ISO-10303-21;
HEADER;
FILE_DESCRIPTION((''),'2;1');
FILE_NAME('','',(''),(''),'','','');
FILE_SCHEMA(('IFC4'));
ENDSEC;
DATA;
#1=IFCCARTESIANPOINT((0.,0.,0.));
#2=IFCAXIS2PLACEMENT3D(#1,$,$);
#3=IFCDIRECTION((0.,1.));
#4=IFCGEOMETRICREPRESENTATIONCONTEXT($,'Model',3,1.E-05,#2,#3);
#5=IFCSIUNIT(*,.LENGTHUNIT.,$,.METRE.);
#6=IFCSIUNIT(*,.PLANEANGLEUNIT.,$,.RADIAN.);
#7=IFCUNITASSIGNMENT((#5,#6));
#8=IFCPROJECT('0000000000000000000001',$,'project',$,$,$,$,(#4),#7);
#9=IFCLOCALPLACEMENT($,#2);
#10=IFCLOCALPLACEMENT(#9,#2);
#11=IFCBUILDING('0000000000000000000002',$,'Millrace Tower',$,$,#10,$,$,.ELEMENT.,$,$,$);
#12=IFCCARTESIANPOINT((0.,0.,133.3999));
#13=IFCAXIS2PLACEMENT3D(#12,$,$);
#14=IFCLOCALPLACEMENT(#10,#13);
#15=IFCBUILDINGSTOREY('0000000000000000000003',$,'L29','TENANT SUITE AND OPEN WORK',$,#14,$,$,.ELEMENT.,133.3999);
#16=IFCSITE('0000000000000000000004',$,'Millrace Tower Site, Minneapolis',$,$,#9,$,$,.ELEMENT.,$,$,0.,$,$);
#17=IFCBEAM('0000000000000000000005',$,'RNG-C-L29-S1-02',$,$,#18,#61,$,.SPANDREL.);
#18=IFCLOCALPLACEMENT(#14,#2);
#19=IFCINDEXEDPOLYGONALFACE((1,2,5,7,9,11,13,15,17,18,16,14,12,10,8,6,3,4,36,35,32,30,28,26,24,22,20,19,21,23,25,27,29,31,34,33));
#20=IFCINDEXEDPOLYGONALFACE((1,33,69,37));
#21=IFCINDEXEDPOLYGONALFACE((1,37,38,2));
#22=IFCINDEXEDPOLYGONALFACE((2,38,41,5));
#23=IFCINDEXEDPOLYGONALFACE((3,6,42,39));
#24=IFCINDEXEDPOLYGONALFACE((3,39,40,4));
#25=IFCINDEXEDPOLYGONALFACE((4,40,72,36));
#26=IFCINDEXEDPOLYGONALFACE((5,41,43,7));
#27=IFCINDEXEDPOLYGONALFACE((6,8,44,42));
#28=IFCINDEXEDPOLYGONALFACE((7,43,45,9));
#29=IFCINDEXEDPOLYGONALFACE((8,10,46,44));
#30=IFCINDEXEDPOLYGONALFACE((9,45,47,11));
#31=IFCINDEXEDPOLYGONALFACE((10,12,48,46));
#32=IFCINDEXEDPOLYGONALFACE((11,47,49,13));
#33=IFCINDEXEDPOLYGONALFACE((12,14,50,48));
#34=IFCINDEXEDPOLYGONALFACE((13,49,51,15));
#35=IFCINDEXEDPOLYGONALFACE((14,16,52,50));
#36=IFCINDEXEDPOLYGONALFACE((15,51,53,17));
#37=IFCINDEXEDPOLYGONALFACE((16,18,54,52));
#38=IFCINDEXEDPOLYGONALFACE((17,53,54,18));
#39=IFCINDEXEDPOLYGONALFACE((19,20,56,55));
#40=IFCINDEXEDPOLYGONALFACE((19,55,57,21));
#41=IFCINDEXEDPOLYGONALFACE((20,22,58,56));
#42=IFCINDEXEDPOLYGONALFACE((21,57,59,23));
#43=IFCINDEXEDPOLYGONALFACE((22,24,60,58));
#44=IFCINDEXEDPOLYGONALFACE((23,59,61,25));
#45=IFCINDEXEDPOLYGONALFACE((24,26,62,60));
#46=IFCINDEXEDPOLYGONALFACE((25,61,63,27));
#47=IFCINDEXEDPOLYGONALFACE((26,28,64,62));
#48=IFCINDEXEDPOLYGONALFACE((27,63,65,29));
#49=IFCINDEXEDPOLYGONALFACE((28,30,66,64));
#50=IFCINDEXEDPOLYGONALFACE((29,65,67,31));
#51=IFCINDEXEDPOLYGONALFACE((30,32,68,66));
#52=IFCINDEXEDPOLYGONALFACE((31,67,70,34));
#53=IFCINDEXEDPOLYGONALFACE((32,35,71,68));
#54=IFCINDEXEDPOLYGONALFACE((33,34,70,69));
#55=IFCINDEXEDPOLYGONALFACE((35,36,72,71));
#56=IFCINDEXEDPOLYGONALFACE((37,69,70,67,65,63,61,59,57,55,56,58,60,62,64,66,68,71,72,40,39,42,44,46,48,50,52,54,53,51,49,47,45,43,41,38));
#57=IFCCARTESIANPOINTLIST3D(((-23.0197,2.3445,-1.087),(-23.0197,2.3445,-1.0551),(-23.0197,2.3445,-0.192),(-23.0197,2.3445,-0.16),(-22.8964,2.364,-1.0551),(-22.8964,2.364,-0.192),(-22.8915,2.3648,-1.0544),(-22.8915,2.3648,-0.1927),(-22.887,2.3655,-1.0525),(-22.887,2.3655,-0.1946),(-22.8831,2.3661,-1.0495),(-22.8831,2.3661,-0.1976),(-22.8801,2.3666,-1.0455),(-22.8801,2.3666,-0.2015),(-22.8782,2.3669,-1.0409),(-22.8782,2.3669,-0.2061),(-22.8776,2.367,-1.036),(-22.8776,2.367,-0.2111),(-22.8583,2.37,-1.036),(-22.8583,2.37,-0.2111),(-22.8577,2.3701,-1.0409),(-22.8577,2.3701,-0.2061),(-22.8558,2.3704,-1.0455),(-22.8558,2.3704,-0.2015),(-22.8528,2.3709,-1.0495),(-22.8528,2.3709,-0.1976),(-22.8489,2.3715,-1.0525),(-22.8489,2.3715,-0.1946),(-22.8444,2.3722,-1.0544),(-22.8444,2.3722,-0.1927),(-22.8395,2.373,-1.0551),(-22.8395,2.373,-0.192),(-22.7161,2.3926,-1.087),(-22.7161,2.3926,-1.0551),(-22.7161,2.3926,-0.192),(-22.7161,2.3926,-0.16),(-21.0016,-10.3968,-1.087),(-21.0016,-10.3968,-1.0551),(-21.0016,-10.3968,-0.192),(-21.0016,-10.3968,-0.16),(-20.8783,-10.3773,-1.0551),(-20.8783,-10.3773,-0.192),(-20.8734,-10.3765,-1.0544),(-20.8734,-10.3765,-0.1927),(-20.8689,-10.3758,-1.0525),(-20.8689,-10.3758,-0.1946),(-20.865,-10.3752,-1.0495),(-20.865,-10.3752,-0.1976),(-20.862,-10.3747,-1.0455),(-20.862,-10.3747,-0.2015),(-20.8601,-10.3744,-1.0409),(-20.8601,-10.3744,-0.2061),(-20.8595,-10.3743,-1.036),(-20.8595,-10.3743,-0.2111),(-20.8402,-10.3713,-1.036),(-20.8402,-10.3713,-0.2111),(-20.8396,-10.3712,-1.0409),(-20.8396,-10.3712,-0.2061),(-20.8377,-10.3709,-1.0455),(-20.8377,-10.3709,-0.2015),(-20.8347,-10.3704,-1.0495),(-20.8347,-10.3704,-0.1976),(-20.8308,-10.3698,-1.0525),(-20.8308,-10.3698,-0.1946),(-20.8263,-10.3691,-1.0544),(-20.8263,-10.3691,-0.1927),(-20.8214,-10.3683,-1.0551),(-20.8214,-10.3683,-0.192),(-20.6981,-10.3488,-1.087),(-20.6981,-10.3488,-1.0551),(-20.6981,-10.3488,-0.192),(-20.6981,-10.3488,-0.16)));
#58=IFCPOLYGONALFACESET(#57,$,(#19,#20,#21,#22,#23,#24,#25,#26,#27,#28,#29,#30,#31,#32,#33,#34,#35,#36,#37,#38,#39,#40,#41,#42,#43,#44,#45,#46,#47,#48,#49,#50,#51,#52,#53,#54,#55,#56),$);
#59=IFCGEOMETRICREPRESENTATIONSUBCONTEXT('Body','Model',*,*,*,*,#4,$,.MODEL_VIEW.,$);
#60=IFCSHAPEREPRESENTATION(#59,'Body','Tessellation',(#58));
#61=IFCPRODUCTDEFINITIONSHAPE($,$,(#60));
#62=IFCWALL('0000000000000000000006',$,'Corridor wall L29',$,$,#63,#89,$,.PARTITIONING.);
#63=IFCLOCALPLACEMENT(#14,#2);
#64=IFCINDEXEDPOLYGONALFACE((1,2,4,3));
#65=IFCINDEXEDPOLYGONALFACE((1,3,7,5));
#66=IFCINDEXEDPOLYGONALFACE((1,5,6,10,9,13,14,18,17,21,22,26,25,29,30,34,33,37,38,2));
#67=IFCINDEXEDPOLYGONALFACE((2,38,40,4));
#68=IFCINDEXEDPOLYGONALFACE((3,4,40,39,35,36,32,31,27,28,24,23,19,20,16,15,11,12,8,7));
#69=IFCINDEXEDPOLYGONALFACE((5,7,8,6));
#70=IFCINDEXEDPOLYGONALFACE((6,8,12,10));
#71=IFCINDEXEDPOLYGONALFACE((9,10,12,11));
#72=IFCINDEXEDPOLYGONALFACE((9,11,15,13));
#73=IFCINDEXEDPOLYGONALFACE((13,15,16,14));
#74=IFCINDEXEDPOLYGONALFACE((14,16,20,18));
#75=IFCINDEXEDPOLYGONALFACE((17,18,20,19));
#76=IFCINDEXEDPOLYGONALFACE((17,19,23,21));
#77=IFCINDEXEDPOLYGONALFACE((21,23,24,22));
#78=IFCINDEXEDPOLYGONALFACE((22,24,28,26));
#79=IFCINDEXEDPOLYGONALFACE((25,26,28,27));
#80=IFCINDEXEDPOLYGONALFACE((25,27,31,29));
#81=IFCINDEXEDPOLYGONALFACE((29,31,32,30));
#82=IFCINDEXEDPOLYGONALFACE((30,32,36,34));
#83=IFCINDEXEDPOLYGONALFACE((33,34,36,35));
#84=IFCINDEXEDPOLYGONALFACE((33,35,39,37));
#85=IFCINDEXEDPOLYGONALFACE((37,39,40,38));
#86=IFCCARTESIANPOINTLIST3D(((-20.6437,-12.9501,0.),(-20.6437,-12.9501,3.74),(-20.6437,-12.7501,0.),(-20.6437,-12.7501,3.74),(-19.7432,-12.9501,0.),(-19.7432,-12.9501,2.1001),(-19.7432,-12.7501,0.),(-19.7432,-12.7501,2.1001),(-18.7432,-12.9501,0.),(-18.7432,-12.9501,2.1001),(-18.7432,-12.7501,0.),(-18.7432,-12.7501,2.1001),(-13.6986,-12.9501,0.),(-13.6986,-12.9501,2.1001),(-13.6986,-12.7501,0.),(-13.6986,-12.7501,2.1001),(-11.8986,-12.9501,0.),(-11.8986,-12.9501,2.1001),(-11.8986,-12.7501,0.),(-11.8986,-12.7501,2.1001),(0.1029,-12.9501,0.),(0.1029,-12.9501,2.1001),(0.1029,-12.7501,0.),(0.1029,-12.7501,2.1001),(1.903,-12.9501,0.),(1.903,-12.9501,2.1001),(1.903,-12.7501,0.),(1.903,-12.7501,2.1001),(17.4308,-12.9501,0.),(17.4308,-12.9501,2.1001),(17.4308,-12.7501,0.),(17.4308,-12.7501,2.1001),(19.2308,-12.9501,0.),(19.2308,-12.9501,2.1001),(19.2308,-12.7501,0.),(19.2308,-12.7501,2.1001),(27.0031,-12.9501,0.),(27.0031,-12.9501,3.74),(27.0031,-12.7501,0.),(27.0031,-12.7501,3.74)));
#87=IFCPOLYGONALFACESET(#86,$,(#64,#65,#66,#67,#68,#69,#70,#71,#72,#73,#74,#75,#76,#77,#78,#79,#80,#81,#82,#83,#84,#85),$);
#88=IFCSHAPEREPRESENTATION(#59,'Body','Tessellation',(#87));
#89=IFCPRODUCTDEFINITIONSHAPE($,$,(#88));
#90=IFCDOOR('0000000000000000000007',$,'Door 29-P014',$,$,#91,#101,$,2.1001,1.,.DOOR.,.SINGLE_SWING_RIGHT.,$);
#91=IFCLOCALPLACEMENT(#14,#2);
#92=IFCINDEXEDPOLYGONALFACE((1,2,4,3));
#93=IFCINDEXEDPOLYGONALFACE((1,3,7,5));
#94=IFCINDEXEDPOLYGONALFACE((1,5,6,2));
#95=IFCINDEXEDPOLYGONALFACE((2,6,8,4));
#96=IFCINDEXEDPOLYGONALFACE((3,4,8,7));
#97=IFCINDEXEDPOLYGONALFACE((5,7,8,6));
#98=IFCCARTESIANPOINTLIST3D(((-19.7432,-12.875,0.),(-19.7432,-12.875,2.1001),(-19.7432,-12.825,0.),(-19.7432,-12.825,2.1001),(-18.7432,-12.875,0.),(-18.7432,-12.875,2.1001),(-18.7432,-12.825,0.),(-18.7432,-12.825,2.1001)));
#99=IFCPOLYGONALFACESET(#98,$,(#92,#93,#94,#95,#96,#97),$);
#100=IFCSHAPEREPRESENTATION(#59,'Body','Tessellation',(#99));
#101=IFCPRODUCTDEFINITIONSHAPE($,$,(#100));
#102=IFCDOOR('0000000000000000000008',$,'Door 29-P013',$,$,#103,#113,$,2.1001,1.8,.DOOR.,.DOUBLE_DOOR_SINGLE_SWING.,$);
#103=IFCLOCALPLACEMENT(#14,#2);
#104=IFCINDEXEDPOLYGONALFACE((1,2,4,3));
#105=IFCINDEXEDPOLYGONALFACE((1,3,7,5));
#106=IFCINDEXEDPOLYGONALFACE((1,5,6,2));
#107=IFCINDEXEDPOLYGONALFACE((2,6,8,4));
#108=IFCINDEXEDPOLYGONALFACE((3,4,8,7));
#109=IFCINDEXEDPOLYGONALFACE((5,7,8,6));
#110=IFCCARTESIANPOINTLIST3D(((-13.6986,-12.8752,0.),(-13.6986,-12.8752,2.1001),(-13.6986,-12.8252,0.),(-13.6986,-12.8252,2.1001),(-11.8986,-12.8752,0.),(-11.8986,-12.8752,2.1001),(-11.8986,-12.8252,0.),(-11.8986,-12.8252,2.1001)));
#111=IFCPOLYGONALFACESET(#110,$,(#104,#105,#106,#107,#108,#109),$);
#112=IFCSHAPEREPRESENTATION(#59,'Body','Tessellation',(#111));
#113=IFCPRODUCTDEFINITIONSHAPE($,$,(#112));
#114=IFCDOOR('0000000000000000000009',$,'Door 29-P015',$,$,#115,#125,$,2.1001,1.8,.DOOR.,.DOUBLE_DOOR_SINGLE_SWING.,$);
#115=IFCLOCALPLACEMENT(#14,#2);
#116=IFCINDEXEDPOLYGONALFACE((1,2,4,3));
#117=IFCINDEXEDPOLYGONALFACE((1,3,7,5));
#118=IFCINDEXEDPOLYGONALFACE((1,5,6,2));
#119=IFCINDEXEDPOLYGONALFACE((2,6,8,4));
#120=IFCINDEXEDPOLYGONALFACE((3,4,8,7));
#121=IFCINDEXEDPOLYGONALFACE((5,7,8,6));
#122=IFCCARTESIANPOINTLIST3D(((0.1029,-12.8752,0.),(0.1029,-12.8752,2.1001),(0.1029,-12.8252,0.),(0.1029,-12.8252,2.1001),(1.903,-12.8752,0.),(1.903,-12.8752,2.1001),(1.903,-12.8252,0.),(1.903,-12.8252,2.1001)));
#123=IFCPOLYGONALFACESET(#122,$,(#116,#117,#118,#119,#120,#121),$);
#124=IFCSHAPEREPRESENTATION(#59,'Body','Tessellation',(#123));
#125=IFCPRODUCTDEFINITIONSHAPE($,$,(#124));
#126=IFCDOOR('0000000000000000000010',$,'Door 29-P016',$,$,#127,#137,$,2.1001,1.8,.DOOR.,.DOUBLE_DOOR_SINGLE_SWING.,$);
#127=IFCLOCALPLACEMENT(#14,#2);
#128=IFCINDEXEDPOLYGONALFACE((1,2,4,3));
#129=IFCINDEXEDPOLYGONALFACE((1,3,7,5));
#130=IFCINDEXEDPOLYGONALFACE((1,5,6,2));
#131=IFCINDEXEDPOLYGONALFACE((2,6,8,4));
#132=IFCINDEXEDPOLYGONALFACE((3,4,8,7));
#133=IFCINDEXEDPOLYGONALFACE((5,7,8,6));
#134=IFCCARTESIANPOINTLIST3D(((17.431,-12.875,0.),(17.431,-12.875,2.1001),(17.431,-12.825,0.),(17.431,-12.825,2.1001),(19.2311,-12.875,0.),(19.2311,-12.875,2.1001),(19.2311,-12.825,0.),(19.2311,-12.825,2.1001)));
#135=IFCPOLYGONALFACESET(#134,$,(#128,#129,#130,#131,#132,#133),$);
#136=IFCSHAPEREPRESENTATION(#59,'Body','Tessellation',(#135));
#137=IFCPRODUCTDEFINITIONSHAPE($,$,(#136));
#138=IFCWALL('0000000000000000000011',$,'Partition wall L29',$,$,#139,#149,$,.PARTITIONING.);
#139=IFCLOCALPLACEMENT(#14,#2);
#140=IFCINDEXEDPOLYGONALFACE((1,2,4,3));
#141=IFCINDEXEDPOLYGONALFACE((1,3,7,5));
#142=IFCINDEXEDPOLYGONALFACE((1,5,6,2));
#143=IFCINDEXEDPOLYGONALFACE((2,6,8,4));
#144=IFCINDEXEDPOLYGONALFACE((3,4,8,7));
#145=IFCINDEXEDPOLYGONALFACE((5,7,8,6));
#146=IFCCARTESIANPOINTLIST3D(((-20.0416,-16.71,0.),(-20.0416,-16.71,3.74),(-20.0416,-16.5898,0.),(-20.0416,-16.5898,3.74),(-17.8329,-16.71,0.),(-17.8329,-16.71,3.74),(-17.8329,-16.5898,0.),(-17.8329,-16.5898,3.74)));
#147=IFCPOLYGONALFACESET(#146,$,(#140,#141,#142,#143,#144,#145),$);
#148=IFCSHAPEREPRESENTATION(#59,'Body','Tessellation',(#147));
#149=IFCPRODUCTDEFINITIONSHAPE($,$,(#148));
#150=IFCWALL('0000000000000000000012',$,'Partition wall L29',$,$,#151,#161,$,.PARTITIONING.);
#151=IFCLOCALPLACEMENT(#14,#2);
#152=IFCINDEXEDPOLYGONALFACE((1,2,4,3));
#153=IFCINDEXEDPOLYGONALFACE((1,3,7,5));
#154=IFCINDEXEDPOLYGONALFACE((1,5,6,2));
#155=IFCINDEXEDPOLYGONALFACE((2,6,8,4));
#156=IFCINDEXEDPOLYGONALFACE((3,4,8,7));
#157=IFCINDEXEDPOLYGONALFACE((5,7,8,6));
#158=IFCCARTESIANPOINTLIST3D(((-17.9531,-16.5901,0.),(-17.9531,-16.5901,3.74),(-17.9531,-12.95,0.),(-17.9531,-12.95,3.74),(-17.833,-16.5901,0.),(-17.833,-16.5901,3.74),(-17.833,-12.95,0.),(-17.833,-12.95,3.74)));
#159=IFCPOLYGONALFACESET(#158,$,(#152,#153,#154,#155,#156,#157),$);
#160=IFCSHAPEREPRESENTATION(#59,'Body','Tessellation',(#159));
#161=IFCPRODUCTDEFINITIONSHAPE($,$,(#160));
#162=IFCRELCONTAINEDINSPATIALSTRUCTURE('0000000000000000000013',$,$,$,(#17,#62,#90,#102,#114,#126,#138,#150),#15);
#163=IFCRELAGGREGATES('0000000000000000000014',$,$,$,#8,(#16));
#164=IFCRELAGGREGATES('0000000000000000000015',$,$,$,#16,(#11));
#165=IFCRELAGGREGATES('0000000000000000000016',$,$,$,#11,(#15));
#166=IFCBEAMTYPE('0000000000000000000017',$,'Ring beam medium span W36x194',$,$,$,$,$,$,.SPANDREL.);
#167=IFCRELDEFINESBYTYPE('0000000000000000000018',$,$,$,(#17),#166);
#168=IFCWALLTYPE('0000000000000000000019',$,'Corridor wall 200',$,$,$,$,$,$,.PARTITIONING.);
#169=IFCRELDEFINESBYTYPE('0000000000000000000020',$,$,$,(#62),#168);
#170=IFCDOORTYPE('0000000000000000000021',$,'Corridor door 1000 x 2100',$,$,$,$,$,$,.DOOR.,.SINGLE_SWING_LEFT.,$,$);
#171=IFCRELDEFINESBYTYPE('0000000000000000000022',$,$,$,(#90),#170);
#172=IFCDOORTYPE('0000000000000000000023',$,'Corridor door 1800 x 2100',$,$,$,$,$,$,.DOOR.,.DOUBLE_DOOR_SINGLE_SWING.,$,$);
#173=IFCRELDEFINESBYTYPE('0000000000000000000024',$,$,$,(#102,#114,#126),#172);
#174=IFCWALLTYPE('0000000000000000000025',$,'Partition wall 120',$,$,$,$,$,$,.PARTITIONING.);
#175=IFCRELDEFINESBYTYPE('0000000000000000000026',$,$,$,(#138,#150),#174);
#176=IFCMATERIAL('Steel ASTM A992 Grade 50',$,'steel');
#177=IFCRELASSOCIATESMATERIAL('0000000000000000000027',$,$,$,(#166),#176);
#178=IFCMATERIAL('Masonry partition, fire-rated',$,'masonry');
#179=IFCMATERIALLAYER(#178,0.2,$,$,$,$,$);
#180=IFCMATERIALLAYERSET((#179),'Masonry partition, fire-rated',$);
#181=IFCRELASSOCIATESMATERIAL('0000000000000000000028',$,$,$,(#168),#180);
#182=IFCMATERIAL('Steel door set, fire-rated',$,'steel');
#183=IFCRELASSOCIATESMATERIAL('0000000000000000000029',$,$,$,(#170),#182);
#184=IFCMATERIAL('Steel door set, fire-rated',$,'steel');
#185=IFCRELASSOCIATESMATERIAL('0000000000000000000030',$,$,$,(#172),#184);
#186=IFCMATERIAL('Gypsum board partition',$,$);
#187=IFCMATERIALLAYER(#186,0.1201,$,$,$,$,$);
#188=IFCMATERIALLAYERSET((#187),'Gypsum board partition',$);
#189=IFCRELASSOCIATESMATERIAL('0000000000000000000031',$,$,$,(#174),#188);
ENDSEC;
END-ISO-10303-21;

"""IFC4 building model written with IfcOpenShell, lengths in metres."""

from ifc_helpers import new_model, si_unit, direction, frame, frame_2d, origin, origin_2d, place, context, subcontext, project, spatial, rectangle, i_section, extrude, material, layer, layer_set, material_profile, profile_set, type_object, element, fill, save


model = new_model("IFC4")

# Units and contexts
model_context = context("Model", 3, precision=1e-05, world=origin(), true_north=direction((0.0, 1.0)))
body_context = subcontext(model_context, "Body", "Model", "MODEL_VIEW")
ifc_project = project(units=[si_unit("LENGTHUNIT", "METRE"), si_unit("PLANEANGLEUNIT", "RADIAN")], contexts=[model_context])

# Site, building, storey
site_placement = place(None, origin())
site = spatial("IfcSite", under=ifc_project, at=site_placement, Name="Millrace Tower Site, Minneapolis", CompositionType="ELEMENT", RefElevation=0.0)
building_placement = place(site_placement, origin())
building = spatial("IfcBuilding", under=site, at=building_placement, Name="Millrace Tower", CompositionType="ELEMENT")
storey_placement = place(building_placement, frame((0.0, 0.0, 133.3999)))
storey = spatial("IfcBuildingStorey", under=building, at=storey_placement, Name="L29", Description="TENANT SUITE AND OPEN WORK", CompositionType="ELEMENT", Elevation=133.3999)

# Beam
ifc_material_1 = material(Name="Steel ASTM A992 Grade 50", Category="steel")
ifc_material_profile_1 = material_profile(ifc_material_1, i_section(OverallWidth=0.3074, OverallDepth=0.927, WebThickness=0.0195, FlangeThickness=0.032, FilletRadius=0.019, at=origin_2d()))
ifc_profile_set_1 = profile_set([ifc_material_profile_1], Name="Steel ASTM A992 Grade 50")
beam_type_1 = type_object("IfcBeamType", Name="Ring beam medium span W36x194", PredefinedType="SPANDREL", material=ifc_profile_set_1)
beam_1_placement = place(storey_placement, frame((-20.8499, -10.3728, -0.6235), z_axis=(-0.156439, 0.987688, 0.0), x_axis=(-0.987688, -0.156439, 0.0)))
element("IfcBeam", 1, at=beam_1_placement, inside=storey, type_object=beam_type_1, Name="RNG-C-L29-S1-02", PredefinedType="SPANDREL", context=body_context, shape_type="SweptSolid", body=[
    extrude(i_section(OverallWidth=0.3074, OverallDepth=0.927, WebThickness=0.0195, FlangeThickness=0.032, FilletRadius=0.019, at=origin_2d()), origin(), (0.0, 0.0, 1.0), 12.9001),
])

# Wall, openings, doors
ifc_material_2 = material(Name="Masonry partition, fire-rated", Category="masonry")
ifc_layer_1 = layer(ifc_material_2, 0.2)
ifc_layer_set_1 = layer_set([ifc_layer_1], Name="Masonry partition, fire-rated")
wall_type_1 = type_object("IfcWallType", Name="Corridor wall 200", PredefinedType="PARTITIONING", material=ifc_layer_set_1)
wall_1_placement = place(storey_placement, frame((-20.6436, -12.8501, 0.0), z_axis=(0.0, 0.0, 1.0), x_axis=(1.0, 0.0, 0.0)))
wall_1 = element("IfcWall", 2, at=wall_1_placement, inside=storey, type_object=wall_type_1, Name="Corridor wall L29", PredefinedType="PARTITIONING", context=body_context, shape_type="SweptSolid", body=[
    extrude(rectangle(XDim=47.6467, YDim=0.2, at=frame_2d((23.8232, 0.0))), origin(), (0.0, 0.0, 1.0), 3.74),
])
opening_1_placement = place(wall_1_placement, frame((6.9451, 0.0, 0.0)))
opening_1 = element("IfcOpeningElement", 3, at=opening_1_placement, cuts=wall_1, PredefinedType="OPENING", context=body_context, shape_type="SweptSolid", body=[
    extrude(rectangle(XDim=1.8, YDim=2.1001, at=frame_2d((0.8999, 1.05))), frame((0.0, 0.1099, 0.0), z_axis=(0.0, -1.0, 0.0), x_axis=(1.0, 0.0, 0.0)), (0.0, 0.0, 1.0), 0.22),
])
opening_2_placement = place(wall_1_placement, frame((0.9004, 0.0, 0.0)))
opening_2 = element("IfcOpeningElement", 4, at=opening_2_placement, cuts=wall_1, PredefinedType="OPENING", context=body_context, shape_type="SweptSolid", body=[
    extrude(rectangle(XDim=1.0, YDim=2.1001, at=frame_2d((0.5, 1.05))), frame((0.0, 0.1099, 0.0), z_axis=(0.0, -1.0, 0.0), x_axis=(1.0, 0.0, 0.0)), (0.0, 0.0, 1.0), 0.22),
])
opening_3_placement = place(wall_1_placement, frame((20.7466, 0.0, 0.0)))
opening_3 = element("IfcOpeningElement", 5, at=opening_3_placement, cuts=wall_1, PredefinedType="OPENING", context=body_context, shape_type="SweptSolid", body=[
    extrude(rectangle(XDim=1.8, YDim=2.1001, at=frame_2d((0.8999, 1.05))), frame((0.0, 0.1099, 0.0), z_axis=(0.0, -1.0, 0.0), x_axis=(1.0, 0.0, 0.0)), (0.0, 0.0, 1.0), 0.22),
])
opening_4_placement = place(wall_1_placement, frame((38.0745, 0.0, 0.0)))
opening_4 = element("IfcOpeningElement", 6, at=opening_4_placement, cuts=wall_1, PredefinedType="OPENING", context=body_context, shape_type="SweptSolid", body=[
    extrude(rectangle(XDim=1.8, YDim=2.1001, at=frame_2d((0.8999, 1.05))), frame((0.0, 0.1099, 0.0), z_axis=(0.0, -1.0, 0.0), x_axis=(1.0, 0.0, 0.0)), (0.0, 0.0, 1.0), 0.22),
])
ifc_material_3 = material(Name="Steel door set, fire-rated", Category="steel")
door_type_1 = type_object("IfcDoorType", Name="Corridor door 1000 x 2100", OperationType="SINGLE_SWING_LEFT", PredefinedType="DOOR", material=ifc_material_3)
door_1_placement = place(opening_2_placement, frame((1.0, 0.0, 0.0), z_axis=(0.0, 0.0, 1.0), x_axis=(-1.0, 0.0, 0.0)))
door_1 = element("IfcDoor", 7, at=door_1_placement, inside=storey, type_object=door_type_1, Name="Door 29-P014", OperationType="SINGLE_SWING_RIGHT", OverallHeight=2.1001, OverallWidth=1.0, PredefinedType="DOOR", context=body_context, shape_type="SweptSolid", body=[
    extrude(rectangle(XDim=1.0, YDim=2.1001, at=frame_2d((0.5, 1.05))), frame((0.0, 0.0249, 0.0), z_axis=(0.0, -1.0, 0.0), x_axis=(1.0, 0.0, 0.0)), (0.0, 0.0, 1.0), 0.05),
])
fill(opening_2, door_1)
ifc_material_4 = material(Name="Steel door set, fire-rated", Category="steel")
door_type_2 = type_object("IfcDoorType", Name="Corridor door 1800 x 2100", OperationType="DOUBLE_DOOR_SINGLE_SWING", PredefinedType="DOOR", material=ifc_material_4)
door_2_placement = place(opening_1_placement, origin())
door_2 = element("IfcDoor", 8, at=door_2_placement, inside=storey, type_object=door_type_2, Name="Door 29-P013", OperationType="DOUBLE_DOOR_SINGLE_SWING", OverallHeight=2.1001, OverallWidth=1.8, PredefinedType="DOOR", context=body_context, shape_type="SweptSolid", body=[
    extrude(rectangle(XDim=1.8, YDim=2.1001, at=frame_2d((0.8999, 1.05))), frame((0.0, 0.0249, 0.0), z_axis=(0.0, -1.0, 0.0), x_axis=(1.0, 0.0, 0.0)), (0.0, 0.0, 1.0), 0.05),
])
fill(opening_1, door_2)
door_3_placement = place(opening_3_placement, origin())
door_3 = element("IfcDoor", 9, at=door_3_placement, inside=storey, type_object=door_type_2, Name="Door 29-P015", OperationType="DOUBLE_DOOR_SINGLE_SWING", OverallHeight=2.1001, OverallWidth=1.8, PredefinedType="DOOR", context=body_context, shape_type="SweptSolid", body=[
    extrude(rectangle(XDim=1.8, YDim=2.1001, at=frame_2d((0.8999, 1.05))), frame((0.0, 0.0249, 0.0), z_axis=(0.0, -1.0, 0.0), x_axis=(1.0, 0.0, 0.0)), (0.0, 0.0, 1.0), 0.05),
])
fill(opening_3, door_3)
door_4_placement = place(opening_4_placement, frame((1.8, 0.0, 0.0), z_axis=(0.0, 0.0, 1.0), x_axis=(-1.0, 0.0, 0.0)))
door_4 = element("IfcDoor", 10, at=door_4_placement, inside=storey, type_object=door_type_2, Name="Door 29-P016", OperationType="DOUBLE_DOOR_SINGLE_SWING", OverallHeight=2.1001, OverallWidth=1.8, PredefinedType="DOOR", context=body_context, shape_type="SweptSolid", body=[
    extrude(rectangle(XDim=1.8, YDim=2.1001, at=frame_2d((0.8999, 1.05))), frame((0.0, 0.0249, 0.0), z_axis=(0.0, -1.0, 0.0), x_axis=(1.0, 0.0, 0.0)), (0.0, 0.0, 1.0), 0.05),
])
fill(opening_4, door_4)

# Walls
ifc_material_5 = material(Name="Gypsum board partition")
ifc_layer_2 = layer(ifc_material_5, 0.1201)
ifc_layer_set_2 = layer_set([ifc_layer_2], Name="Gypsum board partition")
wall_type_2 = type_object("IfcWallType", Name="Partition wall 120", PredefinedType="PARTITIONING", material=ifc_layer_set_2)
wall_2_placement = place(storey_placement, frame((-20.0417, -16.6499, 0.0), z_axis=(0.0, 0.0, 1.0), x_axis=(1.0, 0.0, 0.0)))
element("IfcWall", 11, at=wall_2_placement, inside=storey, type_object=wall_type_2, Name="Partition wall L29", PredefinedType="PARTITIONING", context=body_context, shape_type="SweptSolid", body=[
    extrude(rectangle(XDim=2.2087, YDim=0.1201, at=frame_2d((1.1045, 0.0))), origin(), (0.0, 0.0, 1.0), 3.74),
])
wall_3_placement = place(storey_placement, frame((-17.8931, -16.5901, 0.0), z_axis=(0.0, 0.0, 1.0), x_axis=(0.0, 1.0, 0.0)))
element("IfcWall", 12, at=wall_3_placement, inside=storey, type_object=wall_type_2, Name="Partition wall L29", PredefinedType="PARTITIONING", context=body_context, shape_type="SweptSolid", body=[
    extrude(rectangle(XDim=3.6401, YDim=0.1201, at=frame_2d((1.8201, 0.0))), origin(), (0.0, 0.0, 1.0), 3.74),
])

save(model, "model.ifc")
